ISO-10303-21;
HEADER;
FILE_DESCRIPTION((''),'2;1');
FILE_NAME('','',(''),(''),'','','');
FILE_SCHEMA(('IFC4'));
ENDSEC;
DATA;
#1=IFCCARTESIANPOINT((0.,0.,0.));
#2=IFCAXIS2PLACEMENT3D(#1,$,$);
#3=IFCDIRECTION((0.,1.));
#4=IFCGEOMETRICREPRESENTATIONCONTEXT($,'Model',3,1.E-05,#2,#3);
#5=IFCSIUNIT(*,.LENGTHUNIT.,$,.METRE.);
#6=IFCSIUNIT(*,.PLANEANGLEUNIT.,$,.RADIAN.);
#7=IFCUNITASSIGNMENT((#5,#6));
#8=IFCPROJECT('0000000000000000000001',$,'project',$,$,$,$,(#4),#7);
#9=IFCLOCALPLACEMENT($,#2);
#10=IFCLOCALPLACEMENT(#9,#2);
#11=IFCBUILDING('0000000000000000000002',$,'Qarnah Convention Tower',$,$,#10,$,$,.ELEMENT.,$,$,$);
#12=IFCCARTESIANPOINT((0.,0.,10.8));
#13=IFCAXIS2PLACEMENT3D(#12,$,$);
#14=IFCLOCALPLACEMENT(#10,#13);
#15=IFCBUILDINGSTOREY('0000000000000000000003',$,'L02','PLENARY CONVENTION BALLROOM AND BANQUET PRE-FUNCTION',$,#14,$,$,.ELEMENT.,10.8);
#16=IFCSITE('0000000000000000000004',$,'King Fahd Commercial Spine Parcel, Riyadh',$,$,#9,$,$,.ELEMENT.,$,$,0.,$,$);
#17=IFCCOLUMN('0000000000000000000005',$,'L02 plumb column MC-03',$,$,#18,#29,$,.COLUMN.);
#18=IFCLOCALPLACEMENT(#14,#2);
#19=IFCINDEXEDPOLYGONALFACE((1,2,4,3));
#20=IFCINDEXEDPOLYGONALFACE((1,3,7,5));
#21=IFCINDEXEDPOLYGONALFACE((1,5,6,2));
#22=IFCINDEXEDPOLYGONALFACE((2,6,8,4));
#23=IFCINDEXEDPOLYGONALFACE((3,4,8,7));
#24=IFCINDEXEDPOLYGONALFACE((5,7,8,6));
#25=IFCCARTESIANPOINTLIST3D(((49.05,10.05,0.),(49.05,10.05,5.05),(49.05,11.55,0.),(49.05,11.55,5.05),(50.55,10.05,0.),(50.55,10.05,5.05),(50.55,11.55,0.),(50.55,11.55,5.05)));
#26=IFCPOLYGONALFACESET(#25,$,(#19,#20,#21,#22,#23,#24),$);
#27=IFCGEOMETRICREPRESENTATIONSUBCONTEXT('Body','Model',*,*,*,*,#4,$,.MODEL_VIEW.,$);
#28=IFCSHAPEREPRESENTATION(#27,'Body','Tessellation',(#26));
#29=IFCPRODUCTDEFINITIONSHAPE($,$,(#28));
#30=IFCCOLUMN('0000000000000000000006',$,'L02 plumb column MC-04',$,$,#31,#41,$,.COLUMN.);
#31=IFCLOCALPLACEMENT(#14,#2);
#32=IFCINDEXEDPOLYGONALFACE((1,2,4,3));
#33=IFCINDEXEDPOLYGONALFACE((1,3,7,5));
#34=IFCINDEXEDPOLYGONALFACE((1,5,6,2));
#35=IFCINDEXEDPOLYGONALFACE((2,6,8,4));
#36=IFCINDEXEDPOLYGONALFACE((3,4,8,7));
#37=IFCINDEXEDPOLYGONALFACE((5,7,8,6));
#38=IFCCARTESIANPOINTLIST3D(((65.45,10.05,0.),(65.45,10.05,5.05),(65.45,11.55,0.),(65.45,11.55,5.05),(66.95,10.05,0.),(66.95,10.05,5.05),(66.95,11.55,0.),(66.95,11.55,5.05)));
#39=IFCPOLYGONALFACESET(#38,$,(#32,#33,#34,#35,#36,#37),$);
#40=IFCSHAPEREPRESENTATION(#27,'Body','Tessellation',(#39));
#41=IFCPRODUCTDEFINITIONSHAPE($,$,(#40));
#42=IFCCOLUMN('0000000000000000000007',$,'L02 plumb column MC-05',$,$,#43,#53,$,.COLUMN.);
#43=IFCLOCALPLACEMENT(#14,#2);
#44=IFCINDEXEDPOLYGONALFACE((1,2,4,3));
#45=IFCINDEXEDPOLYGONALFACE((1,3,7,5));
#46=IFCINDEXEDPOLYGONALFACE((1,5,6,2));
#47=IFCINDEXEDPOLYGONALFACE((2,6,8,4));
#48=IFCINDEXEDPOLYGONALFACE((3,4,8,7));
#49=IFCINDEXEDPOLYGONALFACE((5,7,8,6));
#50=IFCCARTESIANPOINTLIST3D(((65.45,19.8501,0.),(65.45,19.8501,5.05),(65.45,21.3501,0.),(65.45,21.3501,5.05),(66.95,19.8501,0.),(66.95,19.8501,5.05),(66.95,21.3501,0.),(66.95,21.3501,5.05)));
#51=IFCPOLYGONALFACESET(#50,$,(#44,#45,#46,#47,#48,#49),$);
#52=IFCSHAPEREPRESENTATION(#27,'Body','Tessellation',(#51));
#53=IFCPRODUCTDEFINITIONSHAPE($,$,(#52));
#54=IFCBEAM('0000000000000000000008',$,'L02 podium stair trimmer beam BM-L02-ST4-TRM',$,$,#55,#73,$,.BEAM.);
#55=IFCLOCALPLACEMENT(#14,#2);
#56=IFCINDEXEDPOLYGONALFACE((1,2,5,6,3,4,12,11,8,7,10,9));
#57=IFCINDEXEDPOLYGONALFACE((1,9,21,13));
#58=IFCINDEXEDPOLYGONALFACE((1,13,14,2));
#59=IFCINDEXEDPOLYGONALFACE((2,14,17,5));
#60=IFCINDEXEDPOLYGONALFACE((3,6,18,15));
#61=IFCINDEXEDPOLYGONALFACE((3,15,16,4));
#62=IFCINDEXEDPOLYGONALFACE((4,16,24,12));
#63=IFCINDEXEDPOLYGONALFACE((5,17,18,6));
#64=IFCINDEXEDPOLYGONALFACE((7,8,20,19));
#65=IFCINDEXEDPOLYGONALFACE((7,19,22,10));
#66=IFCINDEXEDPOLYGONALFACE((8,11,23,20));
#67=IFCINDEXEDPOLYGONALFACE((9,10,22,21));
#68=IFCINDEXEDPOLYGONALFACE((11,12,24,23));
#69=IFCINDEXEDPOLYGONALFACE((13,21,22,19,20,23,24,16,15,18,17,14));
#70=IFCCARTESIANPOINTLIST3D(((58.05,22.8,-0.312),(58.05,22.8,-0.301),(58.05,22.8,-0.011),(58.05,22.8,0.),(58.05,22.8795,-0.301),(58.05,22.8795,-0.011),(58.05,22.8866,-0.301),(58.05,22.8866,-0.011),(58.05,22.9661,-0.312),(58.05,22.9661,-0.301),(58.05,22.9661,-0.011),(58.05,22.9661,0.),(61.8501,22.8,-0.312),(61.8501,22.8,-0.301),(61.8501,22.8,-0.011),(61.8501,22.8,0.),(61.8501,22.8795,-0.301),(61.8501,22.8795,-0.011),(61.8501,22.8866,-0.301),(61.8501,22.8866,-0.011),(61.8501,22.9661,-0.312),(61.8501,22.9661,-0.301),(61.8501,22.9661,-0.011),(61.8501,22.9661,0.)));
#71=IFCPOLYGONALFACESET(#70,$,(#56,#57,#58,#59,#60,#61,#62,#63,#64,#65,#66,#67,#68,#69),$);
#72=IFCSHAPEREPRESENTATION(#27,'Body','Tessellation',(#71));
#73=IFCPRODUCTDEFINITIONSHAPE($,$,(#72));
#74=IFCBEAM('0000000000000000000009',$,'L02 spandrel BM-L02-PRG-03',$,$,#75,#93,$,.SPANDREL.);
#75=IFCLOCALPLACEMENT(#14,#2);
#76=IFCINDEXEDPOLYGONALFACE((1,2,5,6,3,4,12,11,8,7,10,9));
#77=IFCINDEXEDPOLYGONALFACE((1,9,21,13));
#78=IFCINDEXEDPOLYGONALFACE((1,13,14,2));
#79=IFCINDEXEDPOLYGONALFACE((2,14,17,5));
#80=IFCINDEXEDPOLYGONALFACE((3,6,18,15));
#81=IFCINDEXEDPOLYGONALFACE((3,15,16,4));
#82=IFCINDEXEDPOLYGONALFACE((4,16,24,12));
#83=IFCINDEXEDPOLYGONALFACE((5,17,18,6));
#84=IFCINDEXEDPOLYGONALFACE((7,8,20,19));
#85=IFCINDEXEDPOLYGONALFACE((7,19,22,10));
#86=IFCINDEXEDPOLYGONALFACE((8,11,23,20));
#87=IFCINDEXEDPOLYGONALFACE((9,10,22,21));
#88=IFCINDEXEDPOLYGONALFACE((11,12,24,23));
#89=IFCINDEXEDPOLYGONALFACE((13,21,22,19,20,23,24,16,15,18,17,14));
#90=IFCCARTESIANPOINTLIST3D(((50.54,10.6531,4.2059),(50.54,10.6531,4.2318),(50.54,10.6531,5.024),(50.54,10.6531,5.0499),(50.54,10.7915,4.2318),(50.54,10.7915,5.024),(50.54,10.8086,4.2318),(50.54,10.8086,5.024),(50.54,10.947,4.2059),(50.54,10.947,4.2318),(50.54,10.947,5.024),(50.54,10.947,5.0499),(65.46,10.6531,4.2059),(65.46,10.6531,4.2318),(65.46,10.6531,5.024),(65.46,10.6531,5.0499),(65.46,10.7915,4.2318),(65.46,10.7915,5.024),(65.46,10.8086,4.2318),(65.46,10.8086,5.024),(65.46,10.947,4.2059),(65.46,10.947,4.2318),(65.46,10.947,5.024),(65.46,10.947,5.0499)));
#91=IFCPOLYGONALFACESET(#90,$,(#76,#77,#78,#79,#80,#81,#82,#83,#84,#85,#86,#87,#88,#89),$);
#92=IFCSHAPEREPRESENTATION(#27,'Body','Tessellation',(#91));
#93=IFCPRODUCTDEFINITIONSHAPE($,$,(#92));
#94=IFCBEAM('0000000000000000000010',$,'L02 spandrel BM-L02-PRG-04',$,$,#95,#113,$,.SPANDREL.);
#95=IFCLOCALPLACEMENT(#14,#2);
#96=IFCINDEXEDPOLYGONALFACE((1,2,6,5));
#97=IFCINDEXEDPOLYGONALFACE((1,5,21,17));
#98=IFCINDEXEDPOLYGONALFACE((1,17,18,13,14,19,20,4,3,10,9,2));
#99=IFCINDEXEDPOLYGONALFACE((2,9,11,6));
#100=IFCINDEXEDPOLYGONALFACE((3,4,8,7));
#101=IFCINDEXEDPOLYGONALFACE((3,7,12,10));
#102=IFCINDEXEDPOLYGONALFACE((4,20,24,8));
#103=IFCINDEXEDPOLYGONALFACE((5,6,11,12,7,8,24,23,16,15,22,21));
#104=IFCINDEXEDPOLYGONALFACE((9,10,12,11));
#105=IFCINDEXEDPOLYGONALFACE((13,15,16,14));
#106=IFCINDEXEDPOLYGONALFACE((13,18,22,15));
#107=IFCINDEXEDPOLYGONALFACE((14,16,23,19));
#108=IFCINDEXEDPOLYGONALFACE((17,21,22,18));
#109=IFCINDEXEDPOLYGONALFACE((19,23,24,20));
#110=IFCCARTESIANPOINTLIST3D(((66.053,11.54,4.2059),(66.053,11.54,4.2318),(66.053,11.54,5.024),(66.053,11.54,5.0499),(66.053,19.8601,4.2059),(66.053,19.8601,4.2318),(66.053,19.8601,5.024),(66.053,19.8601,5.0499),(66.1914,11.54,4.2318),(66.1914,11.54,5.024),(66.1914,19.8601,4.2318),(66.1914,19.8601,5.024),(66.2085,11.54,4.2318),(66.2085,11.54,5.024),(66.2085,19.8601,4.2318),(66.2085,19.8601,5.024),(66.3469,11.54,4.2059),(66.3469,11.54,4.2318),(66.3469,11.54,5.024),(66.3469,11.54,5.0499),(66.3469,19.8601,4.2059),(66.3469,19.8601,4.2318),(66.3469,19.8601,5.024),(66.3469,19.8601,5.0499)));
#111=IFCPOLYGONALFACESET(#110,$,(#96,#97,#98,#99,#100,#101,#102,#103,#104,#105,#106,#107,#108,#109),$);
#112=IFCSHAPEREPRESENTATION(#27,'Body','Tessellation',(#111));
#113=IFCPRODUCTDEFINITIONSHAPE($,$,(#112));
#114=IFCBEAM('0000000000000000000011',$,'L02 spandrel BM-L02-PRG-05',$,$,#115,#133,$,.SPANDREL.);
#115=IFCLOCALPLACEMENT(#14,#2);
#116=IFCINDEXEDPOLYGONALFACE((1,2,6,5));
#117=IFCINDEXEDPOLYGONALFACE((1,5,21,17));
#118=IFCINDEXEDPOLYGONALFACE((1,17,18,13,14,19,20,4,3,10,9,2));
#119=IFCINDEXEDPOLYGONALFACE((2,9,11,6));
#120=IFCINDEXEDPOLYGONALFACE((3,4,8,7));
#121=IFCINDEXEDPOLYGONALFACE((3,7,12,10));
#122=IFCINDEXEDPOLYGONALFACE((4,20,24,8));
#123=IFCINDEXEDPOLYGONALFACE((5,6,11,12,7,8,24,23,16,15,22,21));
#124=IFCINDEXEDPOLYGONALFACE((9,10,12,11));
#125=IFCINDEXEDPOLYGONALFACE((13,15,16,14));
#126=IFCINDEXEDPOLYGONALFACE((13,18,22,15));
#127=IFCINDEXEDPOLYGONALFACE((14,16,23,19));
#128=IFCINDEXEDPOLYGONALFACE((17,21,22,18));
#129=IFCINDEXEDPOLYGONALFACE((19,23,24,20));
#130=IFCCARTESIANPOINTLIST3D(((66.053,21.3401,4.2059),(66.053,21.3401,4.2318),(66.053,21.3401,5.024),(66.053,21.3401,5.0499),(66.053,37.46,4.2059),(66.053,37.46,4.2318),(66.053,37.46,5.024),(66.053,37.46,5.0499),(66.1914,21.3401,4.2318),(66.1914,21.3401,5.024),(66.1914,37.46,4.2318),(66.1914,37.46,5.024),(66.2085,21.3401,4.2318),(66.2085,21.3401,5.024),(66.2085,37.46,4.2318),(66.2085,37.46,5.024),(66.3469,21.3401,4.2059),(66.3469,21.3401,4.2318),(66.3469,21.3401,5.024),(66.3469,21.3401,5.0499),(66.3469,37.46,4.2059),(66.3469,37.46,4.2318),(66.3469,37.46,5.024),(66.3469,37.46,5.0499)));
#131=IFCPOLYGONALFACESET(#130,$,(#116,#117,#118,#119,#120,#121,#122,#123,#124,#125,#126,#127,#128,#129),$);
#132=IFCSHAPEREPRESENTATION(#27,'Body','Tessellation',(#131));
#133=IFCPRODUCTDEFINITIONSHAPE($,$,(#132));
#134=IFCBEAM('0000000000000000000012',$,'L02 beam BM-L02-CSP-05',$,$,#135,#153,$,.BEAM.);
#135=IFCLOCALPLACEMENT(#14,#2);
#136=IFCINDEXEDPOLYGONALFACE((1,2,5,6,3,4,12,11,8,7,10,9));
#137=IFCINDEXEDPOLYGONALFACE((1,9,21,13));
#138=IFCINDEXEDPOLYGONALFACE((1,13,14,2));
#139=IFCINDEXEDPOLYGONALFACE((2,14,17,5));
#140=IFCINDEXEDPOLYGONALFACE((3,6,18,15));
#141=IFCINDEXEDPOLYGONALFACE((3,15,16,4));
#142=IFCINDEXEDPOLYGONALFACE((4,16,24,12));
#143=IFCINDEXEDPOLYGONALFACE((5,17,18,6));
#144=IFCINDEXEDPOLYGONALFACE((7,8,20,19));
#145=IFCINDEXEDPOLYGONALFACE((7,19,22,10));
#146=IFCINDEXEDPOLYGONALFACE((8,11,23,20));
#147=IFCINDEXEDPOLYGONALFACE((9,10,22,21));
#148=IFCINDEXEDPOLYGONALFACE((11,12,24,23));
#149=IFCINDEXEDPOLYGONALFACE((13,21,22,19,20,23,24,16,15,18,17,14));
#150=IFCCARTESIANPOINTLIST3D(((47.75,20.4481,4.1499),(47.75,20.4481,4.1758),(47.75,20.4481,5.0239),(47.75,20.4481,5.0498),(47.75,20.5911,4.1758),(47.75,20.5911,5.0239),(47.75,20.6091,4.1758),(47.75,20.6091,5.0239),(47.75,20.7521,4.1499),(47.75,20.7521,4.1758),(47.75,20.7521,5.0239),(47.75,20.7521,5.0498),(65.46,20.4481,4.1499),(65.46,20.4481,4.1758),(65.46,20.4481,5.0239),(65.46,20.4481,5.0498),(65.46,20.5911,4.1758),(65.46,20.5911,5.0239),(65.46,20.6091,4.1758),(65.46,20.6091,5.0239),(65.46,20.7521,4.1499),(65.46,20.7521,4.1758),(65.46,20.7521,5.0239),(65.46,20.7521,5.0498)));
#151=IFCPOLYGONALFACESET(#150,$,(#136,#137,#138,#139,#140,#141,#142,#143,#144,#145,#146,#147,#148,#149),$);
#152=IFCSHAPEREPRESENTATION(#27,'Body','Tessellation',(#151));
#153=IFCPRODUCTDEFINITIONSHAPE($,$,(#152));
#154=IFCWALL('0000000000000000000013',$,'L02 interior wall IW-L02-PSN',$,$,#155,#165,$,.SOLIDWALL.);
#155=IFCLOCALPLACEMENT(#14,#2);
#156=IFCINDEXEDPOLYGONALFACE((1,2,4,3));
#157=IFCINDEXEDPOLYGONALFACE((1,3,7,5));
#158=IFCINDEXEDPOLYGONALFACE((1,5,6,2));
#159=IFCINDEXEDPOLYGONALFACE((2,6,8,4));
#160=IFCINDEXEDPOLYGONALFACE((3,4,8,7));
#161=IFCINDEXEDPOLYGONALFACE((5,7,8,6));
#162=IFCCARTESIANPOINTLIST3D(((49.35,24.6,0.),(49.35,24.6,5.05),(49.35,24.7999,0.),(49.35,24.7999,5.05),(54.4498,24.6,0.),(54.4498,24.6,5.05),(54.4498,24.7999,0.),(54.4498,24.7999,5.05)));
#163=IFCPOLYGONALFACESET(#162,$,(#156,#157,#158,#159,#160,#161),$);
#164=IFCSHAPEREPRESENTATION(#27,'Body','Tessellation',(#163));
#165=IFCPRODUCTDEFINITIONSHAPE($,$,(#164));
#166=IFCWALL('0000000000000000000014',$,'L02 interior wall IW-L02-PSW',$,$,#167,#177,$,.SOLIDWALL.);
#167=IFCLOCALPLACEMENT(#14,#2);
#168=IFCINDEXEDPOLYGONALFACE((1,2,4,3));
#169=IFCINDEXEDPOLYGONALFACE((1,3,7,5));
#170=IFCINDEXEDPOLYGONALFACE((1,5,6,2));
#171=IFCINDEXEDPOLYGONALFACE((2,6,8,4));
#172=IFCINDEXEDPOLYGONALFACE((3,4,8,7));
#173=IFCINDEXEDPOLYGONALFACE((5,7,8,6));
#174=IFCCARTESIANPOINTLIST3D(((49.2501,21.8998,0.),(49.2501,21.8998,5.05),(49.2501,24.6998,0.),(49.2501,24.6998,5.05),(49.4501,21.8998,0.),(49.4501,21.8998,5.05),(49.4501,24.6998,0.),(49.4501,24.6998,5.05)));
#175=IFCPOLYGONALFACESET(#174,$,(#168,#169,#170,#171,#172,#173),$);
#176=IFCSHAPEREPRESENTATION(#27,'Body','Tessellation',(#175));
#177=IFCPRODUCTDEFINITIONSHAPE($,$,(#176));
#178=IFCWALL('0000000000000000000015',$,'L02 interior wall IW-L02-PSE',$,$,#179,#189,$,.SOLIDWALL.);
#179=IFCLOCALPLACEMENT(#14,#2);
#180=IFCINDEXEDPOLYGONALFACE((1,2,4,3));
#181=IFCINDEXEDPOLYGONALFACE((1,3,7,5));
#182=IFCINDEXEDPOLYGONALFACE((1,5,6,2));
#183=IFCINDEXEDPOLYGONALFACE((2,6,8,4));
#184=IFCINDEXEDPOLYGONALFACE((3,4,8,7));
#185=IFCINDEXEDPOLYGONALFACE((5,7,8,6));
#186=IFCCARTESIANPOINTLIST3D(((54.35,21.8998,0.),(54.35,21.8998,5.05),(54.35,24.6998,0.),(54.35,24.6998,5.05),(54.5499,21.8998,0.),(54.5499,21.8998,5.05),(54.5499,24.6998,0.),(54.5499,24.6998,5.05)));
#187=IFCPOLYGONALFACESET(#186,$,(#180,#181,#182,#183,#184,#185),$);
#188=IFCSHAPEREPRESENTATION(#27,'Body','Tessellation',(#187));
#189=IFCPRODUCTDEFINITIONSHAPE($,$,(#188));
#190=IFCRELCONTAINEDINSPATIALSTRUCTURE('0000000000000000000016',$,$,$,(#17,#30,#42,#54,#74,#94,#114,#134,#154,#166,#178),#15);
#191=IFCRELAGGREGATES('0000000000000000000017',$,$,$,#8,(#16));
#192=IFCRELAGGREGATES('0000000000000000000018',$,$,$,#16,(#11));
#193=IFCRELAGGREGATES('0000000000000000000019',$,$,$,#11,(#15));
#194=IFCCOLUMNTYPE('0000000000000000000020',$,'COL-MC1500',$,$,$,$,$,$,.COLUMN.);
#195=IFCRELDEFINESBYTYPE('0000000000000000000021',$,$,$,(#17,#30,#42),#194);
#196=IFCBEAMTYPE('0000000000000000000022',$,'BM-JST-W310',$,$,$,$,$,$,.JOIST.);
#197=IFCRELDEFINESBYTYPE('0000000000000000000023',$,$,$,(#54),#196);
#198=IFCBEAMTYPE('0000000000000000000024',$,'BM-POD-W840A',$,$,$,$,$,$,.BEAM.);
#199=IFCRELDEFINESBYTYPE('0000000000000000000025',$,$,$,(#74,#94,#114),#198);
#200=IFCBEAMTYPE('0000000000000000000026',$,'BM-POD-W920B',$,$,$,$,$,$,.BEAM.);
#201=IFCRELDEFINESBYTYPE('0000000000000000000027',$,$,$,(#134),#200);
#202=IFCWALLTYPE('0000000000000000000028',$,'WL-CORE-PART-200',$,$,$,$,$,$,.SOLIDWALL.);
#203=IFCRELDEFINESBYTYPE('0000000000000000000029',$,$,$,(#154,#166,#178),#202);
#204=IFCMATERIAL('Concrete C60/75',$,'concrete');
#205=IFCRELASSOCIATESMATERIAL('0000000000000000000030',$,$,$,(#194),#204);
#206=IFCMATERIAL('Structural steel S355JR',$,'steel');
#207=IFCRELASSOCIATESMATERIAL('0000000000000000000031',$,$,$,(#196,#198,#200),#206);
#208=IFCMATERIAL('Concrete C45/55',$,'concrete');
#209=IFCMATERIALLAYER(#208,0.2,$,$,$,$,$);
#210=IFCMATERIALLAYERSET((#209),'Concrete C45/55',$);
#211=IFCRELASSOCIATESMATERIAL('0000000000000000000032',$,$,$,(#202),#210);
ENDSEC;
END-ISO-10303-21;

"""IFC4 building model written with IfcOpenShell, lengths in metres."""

from ifc_helpers import new_model, si_unit, direction, frame, frame_2d, origin, origin_2d, place, context, subcontext, project, spatial, rectangle, i_section, extrude, material, layer, layer_set, material_profile, profile_set, type_object, element, save


model = new_model("IFC4")

# Units and contexts
model_context = context("Model", 3, precision=1e-05, world=origin(), true_north=direction((0.0, 1.0)))
body_context = subcontext(model_context, "Body", "Model", "MODEL_VIEW")
ifc_project = project(units=[si_unit("LENGTHUNIT", "METRE"), si_unit("PLANEANGLEUNIT", "RADIAN")], contexts=[model_context])

# Site, building, storey
site_placement = place(None, origin())
site = spatial("IfcSite", under=ifc_project, at=site_placement, Name="King Fahd Commercial Spine Parcel, Riyadh", CompositionType="ELEMENT", RefElevation=0.0)
building_placement = place(site_placement, origin())
building = spatial("IfcBuilding", under=site, at=building_placement, Name="Qarnah Convention Tower", CompositionType="ELEMENT")
storey_placement = place(building_placement, frame((0.0, 0.0, 10.8)))
storey = spatial("IfcBuildingStorey", under=building, at=storey_placement, Name="L02", Description="PLENARY CONVENTION BALLROOM AND BANQUET PRE-FUNCTION", CompositionType="ELEMENT", Elevation=10.8)

# Columns
ifc_material_1 = material(Name="Concrete C60/75", Category="concrete")
ifc_material_profile_1 = material_profile(ifc_material_1, rectangle(XDim=1.5, YDim=1.5, at=origin_2d()), Name="RC-COL-1500X1500")
ifc_profile_set_1 = profile_set([ifc_material_profile_1], Name="Concrete C60/75")
column_type = type_object("IfcColumnType", Name="COL-MC1500", PredefinedType="COLUMN", material=ifc_profile_set_1)
for number, where, z_axis, x_axis, name in (
    (1, (49.8, 10.8, 0.0), (0.0, 0.0, 1.0), (1.0, 0.0, 0.0), "L02 plumb column MC-03"),
    (2, (66.2, 10.8, 0.0), (0.0, 0.0, 1.0), (1.0, 0.0, 0.0), "L02 plumb column MC-04"),
    (3, (66.2, 20.6001, 0.0), (0.0, 0.0, 1.0), (1.0, 0.0, 0.0), "L02 plumb column MC-05"),
):
    element("IfcColumn", number, at=place(storey_placement, frame(where, z_axis=z_axis, x_axis=x_axis)), inside=storey, type_object=column_type, Name=name, PredefinedType="COLUMN", context=body_context, shape_type="SweptSolid", body=[
        extrude(rectangle(XDim=1.5, YDim=1.5, at=origin_2d()), origin(), (0.0, 0.0, 1.0), 5.05),
    ])

# Beams
ifc_material_2 = material(Name="Structural steel S355JR", Category="steel")
ifc_material_profile_2 = material_profile(ifc_material_2, i_section(OverallWidth=0.166, OverallDepth=0.312, WebThickness=0.0071, FlangeThickness=0.011, at=origin_2d()), Name="W310X45")
ifc_profile_set_2 = profile_set([ifc_material_profile_2], Name="Structural steel S355JR")
beam_type_1 = type_object("IfcBeamType", Name="BM-JST-W310", PredefinedType="JOIST", material=ifc_profile_set_2)
beam_1_placement = place(storey_placement, frame((58.05, 22.8831, -0.156), z_axis=(1.0, 0.0, 0.0), x_axis=(0.0, 1.0, 0.0)))
element("IfcBeam", 4, at=beam_1_placement, inside=storey, type_object=beam_type_1, Name="L02 podium stair trimmer beam BM-L02-ST4-TRM", PredefinedType="BEAM", context=body_context, shape_type="SweptSolid", body=[
    extrude(i_section(OverallWidth=0.166, OverallDepth=0.312, WebThickness=0.0071, FlangeThickness=0.011, at=origin_2d()), origin(), (0.0, 0.0, 1.0), 3.8),
])
ifc_material_profile_3 = material_profile(ifc_material_2, i_section(OverallWidth=0.2939, OverallDepth=0.844, WebThickness=0.0171, FlangeThickness=0.0259, at=origin_2d()), Name="W840X251")
ifc_profile_set_3 = profile_set([ifc_material_profile_3], Name="Structural steel S355JR")
beam_type_2 = type_object("IfcBeamType", Name="BM-POD-W840A", PredefinedType="BEAM", material=ifc_profile_set_3)
beam_2_placement = place(storey_placement, frame((50.54, 10.8, 4.6279), z_axis=(1.0, 0.0, 0.0), x_axis=(0.0, 1.0, 0.0)))
element("IfcBeam", 5, at=beam_2_placement, inside=storey, type_object=beam_type_2, Name="L02 spandrel BM-L02-PRG-03", PredefinedType="SPANDREL", context=body_context, shape_type="SweptSolid", body=[
    extrude(i_section(OverallWidth=0.2939, OverallDepth=0.844, WebThickness=0.0171, FlangeThickness=0.0259, at=origin_2d()), origin(), (0.0, 0.0, 1.0), 14.9199),
])
beam_3_placement = place(storey_placement, frame((66.2, 11.54, 4.6279), z_axis=(0.0, 1.0, 0.0), x_axis=(-1.0, 0.0, 0.0)))
element("IfcBeam", 6, at=beam_3_placement, inside=storey, type_object=beam_type_2, Name="L02 spandrel BM-L02-PRG-04", PredefinedType="SPANDREL", context=body_context, shape_type="SweptSolid", body=[
    extrude(i_section(OverallWidth=0.2939, OverallDepth=0.844, WebThickness=0.0171, FlangeThickness=0.0259, at=origin_2d()), origin(), (0.0, 0.0, 1.0), 8.3201),
])
beam_4_placement = place(storey_placement, frame((66.2, 21.3401, 4.6279), z_axis=(0.0, 1.0, 0.0), x_axis=(-1.0, 0.0, 0.0)))
element("IfcBeam", 7, at=beam_4_placement, inside=storey, type_object=beam_type_2, Name="L02 spandrel BM-L02-PRG-05", PredefinedType="SPANDREL", context=body_context, shape_type="SweptSolid", body=[
    extrude(i_section(OverallWidth=0.2939, OverallDepth=0.844, WebThickness=0.0171, FlangeThickness=0.0259, at=origin_2d()), origin(), (0.0, 0.0, 1.0), 16.1199),
])
ifc_material_profile_4 = material_profile(ifc_material_2, i_section(OverallWidth=0.304, OverallDepth=0.8999, WebThickness=0.0181, FlangeThickness=0.0259, at=origin_2d()), Name="W920X271")
ifc_profile_set_4 = profile_set([ifc_material_profile_4], Name="Structural steel S355JR")
beam_type_3 = type_object("IfcBeamType", Name="BM-POD-W920B", PredefinedType="BEAM", material=ifc_profile_set_4)
beam_5_placement = place(storey_placement, frame((65.46, 20.6001, 4.5999), z_axis=(-1.0, 0.0, 0.0), x_axis=(0.0, -1.0, 0.0)))
element("IfcBeam", 8, at=beam_5_placement, inside=storey, type_object=beam_type_3, Name="L02 beam BM-L02-CSP-05", PredefinedType="BEAM", context=body_context, shape_type="SweptSolid", body=[
    extrude(i_section(OverallWidth=0.304, OverallDepth=0.8999, WebThickness=0.0181, FlangeThickness=0.0259, at=origin_2d()), origin(), (0.0, 0.0, 1.0), 17.71),
])

# Walls
ifc_material_3 = material(Name="Concrete C45/55", Category="concrete")
ifc_layer_1 = layer(ifc_material_3, 0.2)
ifc_layer_set_1 = layer_set([ifc_layer_1], Name="Concrete C45/55")
wall_type_1 = type_object("IfcWallType", Name="WL-CORE-PART-200", PredefinedType="SOLIDWALL", material=ifc_layer_set_1)
wall_1_placement = place(storey_placement, frame((49.3501, 24.7, 0.0), z_axis=(0.0, 0.0, 1.0), x_axis=(1.0, 0.0, 0.0)))
element("IfcWall", 9, at=wall_1_placement, inside=storey, type_object=wall_type_1, Name="L02 interior wall IW-L02-PSN", PredefinedType="SOLIDWALL", context=body_context, shape_type="SweptSolid", body=[
    extrude(rectangle(XDim=5.0999, YDim=0.2, at=frame_2d((2.5498, 0.0))), origin(), (0.0, 0.0, 1.0), 5.05),
])
for number, where, z_axis, x_axis, name in (
    (10, (49.3501, 21.8999, 0.0), (0.0, 0.0, 1.0), (0.0, 1.0, 0.0), "L02 interior wall IW-L02-PSW"),
    (11, (54.45, 21.8999, 0.0), (0.0, 0.0, 1.0), (0.0, 1.0, 0.0), "L02 interior wall IW-L02-PSE"),
):
    element("IfcWall", number, at=place(storey_placement, frame(where, z_axis=z_axis, x_axis=x_axis)), inside=storey, type_object=wall_type_1, Name=name, PredefinedType="SOLIDWALL", context=body_context, shape_type="SweptSolid", body=[
        extrude(rectangle(XDim=2.8, YDim=0.2, at=frame_2d((1.3999, 0.0))), origin(), (0.0, 0.0, 1.0), 5.05),
    ])

save(model, "model.ifc")
